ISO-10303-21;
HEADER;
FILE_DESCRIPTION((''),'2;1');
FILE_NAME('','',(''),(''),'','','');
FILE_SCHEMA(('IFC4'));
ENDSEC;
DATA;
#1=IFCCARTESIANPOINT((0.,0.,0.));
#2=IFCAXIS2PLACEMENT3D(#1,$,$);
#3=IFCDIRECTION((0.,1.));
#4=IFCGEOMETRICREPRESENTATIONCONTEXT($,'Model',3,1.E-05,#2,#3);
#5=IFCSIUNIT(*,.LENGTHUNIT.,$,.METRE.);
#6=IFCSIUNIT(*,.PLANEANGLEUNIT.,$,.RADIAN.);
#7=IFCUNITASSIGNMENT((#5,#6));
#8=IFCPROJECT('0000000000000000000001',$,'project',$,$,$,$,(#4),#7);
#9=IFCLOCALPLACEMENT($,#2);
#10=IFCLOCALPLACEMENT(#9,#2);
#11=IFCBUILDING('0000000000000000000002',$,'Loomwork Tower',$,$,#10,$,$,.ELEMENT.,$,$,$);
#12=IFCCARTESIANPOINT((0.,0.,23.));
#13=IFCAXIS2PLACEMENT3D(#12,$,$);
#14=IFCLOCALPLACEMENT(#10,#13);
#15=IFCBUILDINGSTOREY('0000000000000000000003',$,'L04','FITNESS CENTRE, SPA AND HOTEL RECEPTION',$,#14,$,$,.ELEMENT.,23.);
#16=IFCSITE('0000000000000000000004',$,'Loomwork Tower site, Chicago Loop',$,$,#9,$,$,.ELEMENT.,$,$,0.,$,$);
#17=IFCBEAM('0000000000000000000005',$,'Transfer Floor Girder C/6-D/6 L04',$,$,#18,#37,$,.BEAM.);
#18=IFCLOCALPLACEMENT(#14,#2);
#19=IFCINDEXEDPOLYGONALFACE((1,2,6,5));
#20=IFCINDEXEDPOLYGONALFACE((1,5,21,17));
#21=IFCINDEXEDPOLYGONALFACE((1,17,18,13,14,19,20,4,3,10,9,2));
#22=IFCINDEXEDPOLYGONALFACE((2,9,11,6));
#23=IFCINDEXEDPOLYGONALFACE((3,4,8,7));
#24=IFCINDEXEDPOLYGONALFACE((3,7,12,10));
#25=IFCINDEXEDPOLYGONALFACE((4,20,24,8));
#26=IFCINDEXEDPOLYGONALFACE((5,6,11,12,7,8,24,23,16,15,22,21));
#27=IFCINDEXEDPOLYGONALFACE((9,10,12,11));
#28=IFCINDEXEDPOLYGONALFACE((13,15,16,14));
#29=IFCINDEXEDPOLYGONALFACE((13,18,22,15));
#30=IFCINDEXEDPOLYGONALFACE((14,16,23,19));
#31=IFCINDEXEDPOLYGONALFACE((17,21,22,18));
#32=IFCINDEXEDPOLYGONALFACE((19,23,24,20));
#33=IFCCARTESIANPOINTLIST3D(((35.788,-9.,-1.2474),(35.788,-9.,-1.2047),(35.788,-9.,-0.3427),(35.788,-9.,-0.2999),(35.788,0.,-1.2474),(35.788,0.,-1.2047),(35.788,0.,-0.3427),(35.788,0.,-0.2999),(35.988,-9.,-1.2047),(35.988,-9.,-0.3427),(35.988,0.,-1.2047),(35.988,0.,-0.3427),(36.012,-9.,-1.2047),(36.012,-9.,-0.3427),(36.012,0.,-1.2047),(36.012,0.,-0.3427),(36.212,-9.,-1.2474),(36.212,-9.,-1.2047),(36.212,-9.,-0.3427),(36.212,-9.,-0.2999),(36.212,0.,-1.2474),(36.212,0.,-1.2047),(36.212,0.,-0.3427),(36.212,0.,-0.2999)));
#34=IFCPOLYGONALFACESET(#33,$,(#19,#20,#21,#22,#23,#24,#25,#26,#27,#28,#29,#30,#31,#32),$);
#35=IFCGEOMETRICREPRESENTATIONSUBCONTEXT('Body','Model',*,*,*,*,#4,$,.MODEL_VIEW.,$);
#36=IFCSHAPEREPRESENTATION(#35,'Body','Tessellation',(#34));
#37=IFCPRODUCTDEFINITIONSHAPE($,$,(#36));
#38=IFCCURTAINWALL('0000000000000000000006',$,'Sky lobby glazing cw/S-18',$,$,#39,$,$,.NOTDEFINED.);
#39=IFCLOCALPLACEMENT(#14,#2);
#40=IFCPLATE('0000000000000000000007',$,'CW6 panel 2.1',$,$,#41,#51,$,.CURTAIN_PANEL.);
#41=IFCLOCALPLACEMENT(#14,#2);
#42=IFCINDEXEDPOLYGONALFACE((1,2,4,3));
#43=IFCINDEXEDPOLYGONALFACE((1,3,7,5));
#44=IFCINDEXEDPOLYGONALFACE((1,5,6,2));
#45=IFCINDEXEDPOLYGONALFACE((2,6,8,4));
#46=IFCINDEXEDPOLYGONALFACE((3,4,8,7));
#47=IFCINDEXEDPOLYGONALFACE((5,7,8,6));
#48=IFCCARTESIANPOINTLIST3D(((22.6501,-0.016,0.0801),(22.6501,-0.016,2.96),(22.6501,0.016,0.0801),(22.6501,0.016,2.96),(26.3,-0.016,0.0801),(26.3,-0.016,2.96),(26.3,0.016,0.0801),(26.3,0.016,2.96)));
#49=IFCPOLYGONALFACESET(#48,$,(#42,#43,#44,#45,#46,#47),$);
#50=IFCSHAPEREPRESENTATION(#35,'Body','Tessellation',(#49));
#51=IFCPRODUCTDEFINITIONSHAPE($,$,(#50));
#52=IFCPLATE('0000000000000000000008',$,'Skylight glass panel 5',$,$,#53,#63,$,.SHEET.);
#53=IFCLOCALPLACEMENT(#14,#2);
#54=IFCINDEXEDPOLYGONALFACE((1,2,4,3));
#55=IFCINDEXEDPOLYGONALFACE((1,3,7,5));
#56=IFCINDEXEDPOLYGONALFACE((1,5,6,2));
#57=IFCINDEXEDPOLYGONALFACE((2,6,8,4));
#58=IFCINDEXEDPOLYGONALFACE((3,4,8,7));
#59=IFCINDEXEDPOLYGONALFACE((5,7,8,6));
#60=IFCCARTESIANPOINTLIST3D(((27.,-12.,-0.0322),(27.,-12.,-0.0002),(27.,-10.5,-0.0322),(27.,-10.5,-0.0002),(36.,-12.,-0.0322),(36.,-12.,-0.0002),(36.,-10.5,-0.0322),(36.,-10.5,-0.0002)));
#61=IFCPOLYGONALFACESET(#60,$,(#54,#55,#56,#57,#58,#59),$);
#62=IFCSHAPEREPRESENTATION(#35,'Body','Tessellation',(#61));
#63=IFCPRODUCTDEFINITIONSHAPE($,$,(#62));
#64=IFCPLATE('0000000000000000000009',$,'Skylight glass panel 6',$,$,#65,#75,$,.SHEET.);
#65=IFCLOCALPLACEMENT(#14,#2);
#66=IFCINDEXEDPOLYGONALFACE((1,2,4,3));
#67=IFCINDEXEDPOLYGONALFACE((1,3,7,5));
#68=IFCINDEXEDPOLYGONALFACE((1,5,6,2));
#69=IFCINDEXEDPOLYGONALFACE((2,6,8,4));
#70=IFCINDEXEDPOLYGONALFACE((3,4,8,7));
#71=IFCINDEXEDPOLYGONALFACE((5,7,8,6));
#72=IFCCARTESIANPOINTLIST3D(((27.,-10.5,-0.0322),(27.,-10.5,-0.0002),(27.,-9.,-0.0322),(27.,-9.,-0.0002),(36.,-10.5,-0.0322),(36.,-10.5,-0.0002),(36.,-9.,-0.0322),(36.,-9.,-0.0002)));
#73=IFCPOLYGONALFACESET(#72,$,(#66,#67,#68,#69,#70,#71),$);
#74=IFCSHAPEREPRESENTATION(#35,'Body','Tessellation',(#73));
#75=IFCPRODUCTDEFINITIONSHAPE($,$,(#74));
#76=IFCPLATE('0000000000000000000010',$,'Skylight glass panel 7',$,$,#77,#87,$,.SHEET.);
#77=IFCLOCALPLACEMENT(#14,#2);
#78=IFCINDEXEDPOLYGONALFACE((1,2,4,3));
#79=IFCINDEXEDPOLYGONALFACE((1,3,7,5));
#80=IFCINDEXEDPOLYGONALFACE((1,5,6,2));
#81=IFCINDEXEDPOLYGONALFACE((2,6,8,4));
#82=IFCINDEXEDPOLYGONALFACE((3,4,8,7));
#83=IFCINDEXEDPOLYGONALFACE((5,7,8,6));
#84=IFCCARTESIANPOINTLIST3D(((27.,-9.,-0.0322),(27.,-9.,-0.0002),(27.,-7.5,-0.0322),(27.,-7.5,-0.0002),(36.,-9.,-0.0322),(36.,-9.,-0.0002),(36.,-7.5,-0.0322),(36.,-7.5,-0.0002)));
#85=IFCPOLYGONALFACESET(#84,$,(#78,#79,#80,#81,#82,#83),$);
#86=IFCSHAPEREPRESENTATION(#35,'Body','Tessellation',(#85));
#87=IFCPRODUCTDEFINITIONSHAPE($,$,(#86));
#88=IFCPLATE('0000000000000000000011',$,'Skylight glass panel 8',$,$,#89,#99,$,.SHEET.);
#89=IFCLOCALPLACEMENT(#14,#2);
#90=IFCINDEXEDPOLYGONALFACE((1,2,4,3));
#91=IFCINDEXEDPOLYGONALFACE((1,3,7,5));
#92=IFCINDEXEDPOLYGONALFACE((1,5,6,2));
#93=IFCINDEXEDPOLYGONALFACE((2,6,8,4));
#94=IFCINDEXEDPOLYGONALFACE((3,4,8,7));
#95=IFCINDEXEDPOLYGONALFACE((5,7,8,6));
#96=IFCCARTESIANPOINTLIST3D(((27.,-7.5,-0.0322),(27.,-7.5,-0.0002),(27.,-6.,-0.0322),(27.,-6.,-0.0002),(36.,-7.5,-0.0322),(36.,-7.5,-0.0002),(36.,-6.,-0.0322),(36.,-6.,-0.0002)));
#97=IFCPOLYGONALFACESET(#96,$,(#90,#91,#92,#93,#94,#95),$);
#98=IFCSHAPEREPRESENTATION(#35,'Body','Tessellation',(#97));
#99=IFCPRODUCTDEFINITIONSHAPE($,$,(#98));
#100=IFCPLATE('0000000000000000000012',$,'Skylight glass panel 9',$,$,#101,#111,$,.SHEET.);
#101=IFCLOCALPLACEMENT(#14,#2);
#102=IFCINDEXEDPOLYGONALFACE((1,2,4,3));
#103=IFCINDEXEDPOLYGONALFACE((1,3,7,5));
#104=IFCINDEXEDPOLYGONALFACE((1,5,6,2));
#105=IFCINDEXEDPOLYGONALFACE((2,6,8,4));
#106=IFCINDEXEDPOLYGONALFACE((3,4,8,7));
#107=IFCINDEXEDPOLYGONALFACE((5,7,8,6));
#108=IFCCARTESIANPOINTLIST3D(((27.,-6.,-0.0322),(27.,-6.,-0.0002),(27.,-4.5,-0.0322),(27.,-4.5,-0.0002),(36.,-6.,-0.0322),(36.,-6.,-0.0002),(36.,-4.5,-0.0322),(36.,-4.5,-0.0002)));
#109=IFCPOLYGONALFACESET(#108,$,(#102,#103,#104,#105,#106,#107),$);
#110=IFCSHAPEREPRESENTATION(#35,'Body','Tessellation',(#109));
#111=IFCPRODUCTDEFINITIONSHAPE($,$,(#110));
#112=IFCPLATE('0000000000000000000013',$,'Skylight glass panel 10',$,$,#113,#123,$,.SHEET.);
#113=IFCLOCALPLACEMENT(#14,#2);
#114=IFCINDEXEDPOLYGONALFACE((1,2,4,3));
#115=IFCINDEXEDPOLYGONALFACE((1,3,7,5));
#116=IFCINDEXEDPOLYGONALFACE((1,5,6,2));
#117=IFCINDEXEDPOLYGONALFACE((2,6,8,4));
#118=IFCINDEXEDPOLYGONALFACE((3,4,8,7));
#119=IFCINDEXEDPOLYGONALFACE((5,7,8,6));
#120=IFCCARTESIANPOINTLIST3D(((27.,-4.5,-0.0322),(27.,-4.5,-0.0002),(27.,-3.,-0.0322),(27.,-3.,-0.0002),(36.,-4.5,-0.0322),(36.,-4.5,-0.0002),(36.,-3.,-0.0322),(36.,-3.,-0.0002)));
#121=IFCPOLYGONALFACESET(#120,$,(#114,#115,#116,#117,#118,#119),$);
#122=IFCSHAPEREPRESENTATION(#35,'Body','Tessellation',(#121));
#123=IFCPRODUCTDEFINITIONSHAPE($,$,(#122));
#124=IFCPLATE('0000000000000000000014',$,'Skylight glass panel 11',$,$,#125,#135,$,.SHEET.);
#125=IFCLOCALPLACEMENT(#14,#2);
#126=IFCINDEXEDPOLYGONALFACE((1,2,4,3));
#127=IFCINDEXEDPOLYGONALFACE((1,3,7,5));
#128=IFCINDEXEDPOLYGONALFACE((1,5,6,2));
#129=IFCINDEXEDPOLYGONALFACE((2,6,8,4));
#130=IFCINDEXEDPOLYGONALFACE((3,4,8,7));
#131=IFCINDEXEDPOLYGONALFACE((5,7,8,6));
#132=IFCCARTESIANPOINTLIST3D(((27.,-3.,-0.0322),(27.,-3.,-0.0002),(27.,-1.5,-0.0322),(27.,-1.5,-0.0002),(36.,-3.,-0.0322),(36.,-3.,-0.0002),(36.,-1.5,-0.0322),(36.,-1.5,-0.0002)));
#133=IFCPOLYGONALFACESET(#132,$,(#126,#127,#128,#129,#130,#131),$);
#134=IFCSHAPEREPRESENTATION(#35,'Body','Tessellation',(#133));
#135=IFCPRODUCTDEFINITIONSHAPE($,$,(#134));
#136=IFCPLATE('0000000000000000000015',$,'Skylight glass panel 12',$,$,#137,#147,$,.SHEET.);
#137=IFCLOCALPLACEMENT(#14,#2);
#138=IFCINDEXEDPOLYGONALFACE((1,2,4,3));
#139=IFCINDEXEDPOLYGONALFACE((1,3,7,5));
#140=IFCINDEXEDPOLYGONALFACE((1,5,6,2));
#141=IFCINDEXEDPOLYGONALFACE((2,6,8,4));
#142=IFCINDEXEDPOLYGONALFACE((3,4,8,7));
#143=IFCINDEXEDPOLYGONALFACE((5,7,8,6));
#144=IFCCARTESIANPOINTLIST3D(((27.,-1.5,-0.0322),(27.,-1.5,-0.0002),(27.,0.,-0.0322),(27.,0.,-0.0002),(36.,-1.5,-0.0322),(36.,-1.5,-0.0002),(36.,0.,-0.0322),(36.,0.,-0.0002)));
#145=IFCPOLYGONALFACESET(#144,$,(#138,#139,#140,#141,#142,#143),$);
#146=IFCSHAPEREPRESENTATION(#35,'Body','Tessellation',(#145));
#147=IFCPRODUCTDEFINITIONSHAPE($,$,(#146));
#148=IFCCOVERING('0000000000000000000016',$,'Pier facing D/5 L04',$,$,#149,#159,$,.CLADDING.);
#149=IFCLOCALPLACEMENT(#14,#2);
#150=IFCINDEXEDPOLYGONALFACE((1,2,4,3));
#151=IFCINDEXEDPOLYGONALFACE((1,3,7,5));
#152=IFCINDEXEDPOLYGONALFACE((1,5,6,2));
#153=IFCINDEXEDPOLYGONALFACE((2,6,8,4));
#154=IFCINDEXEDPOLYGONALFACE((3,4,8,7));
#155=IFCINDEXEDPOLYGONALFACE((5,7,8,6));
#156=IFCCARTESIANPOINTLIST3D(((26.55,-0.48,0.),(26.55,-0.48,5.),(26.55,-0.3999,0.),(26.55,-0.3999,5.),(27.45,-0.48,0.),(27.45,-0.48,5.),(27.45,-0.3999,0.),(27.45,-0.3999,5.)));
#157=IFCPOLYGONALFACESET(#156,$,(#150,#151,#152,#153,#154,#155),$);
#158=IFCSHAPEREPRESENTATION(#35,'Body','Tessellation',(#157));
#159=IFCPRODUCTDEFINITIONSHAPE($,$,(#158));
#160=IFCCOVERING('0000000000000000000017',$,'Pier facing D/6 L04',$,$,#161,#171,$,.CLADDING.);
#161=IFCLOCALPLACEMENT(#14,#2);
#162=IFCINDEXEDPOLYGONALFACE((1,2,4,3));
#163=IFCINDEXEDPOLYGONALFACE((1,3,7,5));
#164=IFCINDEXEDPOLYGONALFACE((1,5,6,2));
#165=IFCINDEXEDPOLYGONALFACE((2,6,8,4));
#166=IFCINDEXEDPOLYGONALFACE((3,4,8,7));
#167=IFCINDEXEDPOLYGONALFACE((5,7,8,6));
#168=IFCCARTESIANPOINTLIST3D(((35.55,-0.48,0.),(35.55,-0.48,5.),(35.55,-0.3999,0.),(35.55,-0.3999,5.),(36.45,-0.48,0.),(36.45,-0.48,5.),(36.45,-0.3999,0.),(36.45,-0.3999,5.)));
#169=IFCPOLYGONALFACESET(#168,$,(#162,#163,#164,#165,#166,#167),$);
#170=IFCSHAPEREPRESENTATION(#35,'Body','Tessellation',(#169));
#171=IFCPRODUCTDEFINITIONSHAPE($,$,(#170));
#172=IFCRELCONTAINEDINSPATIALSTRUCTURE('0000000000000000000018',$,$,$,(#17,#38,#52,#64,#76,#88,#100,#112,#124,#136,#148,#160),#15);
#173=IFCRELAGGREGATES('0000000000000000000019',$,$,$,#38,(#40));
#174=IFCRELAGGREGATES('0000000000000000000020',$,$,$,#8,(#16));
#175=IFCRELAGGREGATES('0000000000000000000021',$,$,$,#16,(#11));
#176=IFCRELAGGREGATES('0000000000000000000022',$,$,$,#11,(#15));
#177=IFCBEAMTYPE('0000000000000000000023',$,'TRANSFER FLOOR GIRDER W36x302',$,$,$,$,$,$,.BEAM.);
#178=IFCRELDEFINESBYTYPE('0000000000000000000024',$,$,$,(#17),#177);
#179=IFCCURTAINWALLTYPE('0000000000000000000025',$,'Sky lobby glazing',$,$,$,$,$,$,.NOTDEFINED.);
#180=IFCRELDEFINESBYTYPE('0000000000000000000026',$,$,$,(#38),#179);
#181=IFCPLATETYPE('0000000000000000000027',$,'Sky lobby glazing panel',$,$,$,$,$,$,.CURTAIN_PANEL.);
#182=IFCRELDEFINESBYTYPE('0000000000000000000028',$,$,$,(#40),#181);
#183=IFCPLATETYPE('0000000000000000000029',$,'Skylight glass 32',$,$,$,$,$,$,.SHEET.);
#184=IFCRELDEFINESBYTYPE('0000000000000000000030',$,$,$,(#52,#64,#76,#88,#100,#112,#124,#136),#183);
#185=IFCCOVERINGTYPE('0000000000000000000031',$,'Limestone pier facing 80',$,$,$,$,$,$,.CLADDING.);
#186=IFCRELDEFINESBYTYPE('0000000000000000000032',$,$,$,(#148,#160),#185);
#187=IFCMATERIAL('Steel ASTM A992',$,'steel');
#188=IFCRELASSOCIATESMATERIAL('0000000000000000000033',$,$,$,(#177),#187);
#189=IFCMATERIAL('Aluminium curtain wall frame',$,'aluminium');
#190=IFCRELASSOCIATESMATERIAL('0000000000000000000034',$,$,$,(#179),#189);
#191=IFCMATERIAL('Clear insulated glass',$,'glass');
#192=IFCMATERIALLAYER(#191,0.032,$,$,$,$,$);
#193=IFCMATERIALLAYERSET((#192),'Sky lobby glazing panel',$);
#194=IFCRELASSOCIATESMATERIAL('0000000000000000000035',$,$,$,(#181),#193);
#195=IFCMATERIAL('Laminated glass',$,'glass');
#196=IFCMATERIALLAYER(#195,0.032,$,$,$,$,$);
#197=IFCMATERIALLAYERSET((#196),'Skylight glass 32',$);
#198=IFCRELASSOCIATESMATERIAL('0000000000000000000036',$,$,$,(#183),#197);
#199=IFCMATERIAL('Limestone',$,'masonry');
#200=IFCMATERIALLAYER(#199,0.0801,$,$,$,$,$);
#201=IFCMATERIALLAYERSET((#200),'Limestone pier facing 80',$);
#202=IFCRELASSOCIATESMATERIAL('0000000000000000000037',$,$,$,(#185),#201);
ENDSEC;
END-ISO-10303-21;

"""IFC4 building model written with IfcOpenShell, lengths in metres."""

from ifc_helpers import new_model, si_unit, direction, frame, origin, origin_2d, place, context, subcontext, project, spatial, rectangle, i_section, extrude, material, layer, layer_set, material_profile, profile_set, type_object, element, aggregate, save


model = new_model("IFC4")

# Units and contexts
model_context = context("Model", 3, precision=1e-05, world=origin(), true_north=direction((0.0, 1.0)))
body_context = subcontext(model_context, "Body", "Model", "MODEL_VIEW")
ifc_project = project(units=[si_unit("LENGTHUNIT", "METRE"), si_unit("PLANEANGLEUNIT", "RADIAN")], contexts=[model_context])

# Site, building, storey
site_placement = place(None, origin())
site = spatial("IfcSite", under=ifc_project, at=site_placement, Name="Loomwork Tower site, Chicago Loop", CompositionType="ELEMENT", RefElevation=0.0)
building_placement = place(site_placement, origin())
building = spatial("IfcBuilding", under=site, at=building_placement, Name="Loomwork Tower", CompositionType="ELEMENT")
storey_placement = place(building_placement, frame((0.0, 0.0, 23.0)))
storey = spatial("IfcBuildingStorey", under=building, at=storey_placement, Name="L04", Description="FITNESS CENTRE, SPA AND HOTEL RECEPTION", CompositionType="ELEMENT", Elevation=23.0)

# Beam
ifc_material_1 = material(Name="Steel ASTM A992", Category="steel")
ifc_material_profile_1 = material_profile(ifc_material_1, i_section(OverallWidth=0.4241, OverallDepth=0.9475, WebThickness=0.0239, FlangeThickness=0.0427, at=origin_2d()), Name="W36x302")
ifc_profile_set_1 = profile_set([ifc_material_profile_1], Name="Steel ASTM A992")
beam_type_1 = type_object("IfcBeamType", Name="TRANSFER FLOOR GIRDER W36x302", PredefinedType="BEAM", material=ifc_profile_set_1)
beam_placement = place(storey_placement, frame((36.0, -9.0, -0.7737), z_axis=(0.0, 1.0, 0.0), x_axis=(-1.0, 0.0, 0.0)))
element("IfcBeam", 1, at=beam_placement, inside=storey, type_object=beam_type_1, Name="Transfer Floor Girder C/6-D/6 L04", PredefinedType="BEAM", context=body_context, shape_type="SweptSolid", body=[
    extrude(i_section(OverallWidth=0.4241, OverallDepth=0.9475, WebThickness=0.0239, FlangeThickness=0.0427, at=origin_2d()), origin(), (0.0, 0.0, 1.0), 9.0),
])

# Curtain wall, plate
ifc_material_2 = material(Name="Aluminium curtain wall frame", Category="aluminium")
curtain_wall_type = type_object("IfcCurtainWallType", Name="Sky lobby glazing", PredefinedType="NOTDEFINED", material=ifc_material_2)
curtain_wall_placement = place(storey_placement, origin())
curtain_wall = element("IfcCurtainWall", 2, at=curtain_wall_placement, inside=storey, type_object=curtain_wall_type, Name="Sky lobby glazing cw/S-18", PredefinedType="NOTDEFINED")
ifc_material_3 = material(Name="Clear insulated glass", Category="glass")
ifc_layer_1 = layer(ifc_material_3, 0.032)
ifc_layer_set_1 = layer_set([ifc_layer_1], Name="Sky lobby glazing panel")
plate_type_1 = type_object("IfcPlateType", Name="Sky lobby glazing panel", PredefinedType="CURTAIN_PANEL", material=ifc_layer_set_1)
plate_placement = place(storey_placement, frame((24.4751, 0.0, 0.0801), z_axis=(0.0, 0.0, 1.0), x_axis=(1.0, 0.0, 0.0)))
plate = element("IfcPlate", 3, at=plate_placement, type_object=plate_type_1, Name="CW6 panel 2.1", PredefinedType="CURTAIN_PANEL", context=body_context, shape_type="SweptSolid", body=[
    extrude(rectangle(XDim=3.6499, YDim=0.032, at=origin_2d()), origin(), (0.0, 0.0, 1.0), 2.8799),
])
aggregate(curtain_wall, [plate])

# Plates
ifc_material_4 = material(Name="Laminated glass", Category="glass")
ifc_layer_2 = layer(ifc_material_4, 0.032)
ifc_layer_set_2 = layer_set([ifc_layer_2], Name="Skylight glass 32")
plate_type_2 = type_object("IfcPlateType", Name="Skylight glass 32", PredefinedType="SHEET", material=ifc_layer_set_2)
for number, where, z_axis, x_axis, name in (
    (4, (31.5, -11.25, -0.0322), (0.0, 0.0, 1.0), (1.0, 0.0, 0.0), "Skylight glass panel 5"),
    (5, (31.5, -9.75, -0.0322), (0.0, 0.0, 1.0), (1.0, 0.0, 0.0), "Skylight glass panel 6"),
    (6, (31.5, -8.25, -0.0322), (0.0, 0.0, 1.0), (1.0, 0.0, 0.0), "Skylight glass panel 7"),
    (7, (31.5, -6.75, -0.0322), (0.0, 0.0, 1.0), (1.0, 0.0, 0.0), "Skylight glass panel 8"),
    (8, (31.5, -5.25, -0.0322), (0.0, 0.0, 1.0), (1.0, 0.0, 0.0), "Skylight glass panel 9"),
    (9, (31.5, -3.75, -0.0322), (0.0, 0.0, 1.0), (1.0, 0.0, 0.0), "Skylight glass panel 10"),
    (10, (31.5, -2.25, -0.0322), (0.0, 0.0, 1.0), (1.0, 0.0, 0.0), "Skylight glass panel 11"),
    (11, (31.5, -0.75, -0.0322), (0.0, 0.0, 1.0), (1.0, 0.0, 0.0), "Skylight glass panel 12"),
):
    element("IfcPlate", number, at=place(storey_placement, frame(where, z_axis=z_axis, x_axis=x_axis)), inside=storey, type_object=plate_type_2, Name=name, PredefinedType="SHEET", context=body_context, shape_type="SweptSolid", body=[
        extrude(rectangle(XDim=9.0, YDim=1.5, at=origin_2d()), origin(), (0.0, 0.0, 1.0), 0.032),
    ])

# Coverings
ifc_material_5 = material(Name="Limestone", Category="masonry")
ifc_layer_3 = layer(ifc_material_5, 0.0801)
ifc_layer_set_3 = layer_set([ifc_layer_3], Name="Limestone pier facing 80")
covering_type = type_object("IfcCoveringType", Name="Limestone pier facing 80", PredefinedType="CLADDING", material=ifc_layer_set_3)
for number, where, z_axis, x_axis, name in (
    (12, (27.0, -0.4399, 0.0), (0.0, 0.0, 1.0), (1.0, 0.0, 0.0), "Pier facing D/5 L04"),
    (13, (36.0, -0.4399, 0.0), (0.0, 0.0, 1.0), (1.0, 0.0, 0.0), "Pier facing D/6 L04"),
):
    element("IfcCovering", number, at=place(storey_placement, frame(where, z_axis=z_axis, x_axis=x_axis)), inside=storey, type_object=covering_type, Name=name, PredefinedType="CLADDING", context=body_context, shape_type="SweptSolid", body=[
        extrude(rectangle(XDim=0.8999, YDim=0.0801, at=origin_2d()), origin(), (0.0, 0.0, 1.0), 5.0),
    ])

save(model, "model.ifc")
